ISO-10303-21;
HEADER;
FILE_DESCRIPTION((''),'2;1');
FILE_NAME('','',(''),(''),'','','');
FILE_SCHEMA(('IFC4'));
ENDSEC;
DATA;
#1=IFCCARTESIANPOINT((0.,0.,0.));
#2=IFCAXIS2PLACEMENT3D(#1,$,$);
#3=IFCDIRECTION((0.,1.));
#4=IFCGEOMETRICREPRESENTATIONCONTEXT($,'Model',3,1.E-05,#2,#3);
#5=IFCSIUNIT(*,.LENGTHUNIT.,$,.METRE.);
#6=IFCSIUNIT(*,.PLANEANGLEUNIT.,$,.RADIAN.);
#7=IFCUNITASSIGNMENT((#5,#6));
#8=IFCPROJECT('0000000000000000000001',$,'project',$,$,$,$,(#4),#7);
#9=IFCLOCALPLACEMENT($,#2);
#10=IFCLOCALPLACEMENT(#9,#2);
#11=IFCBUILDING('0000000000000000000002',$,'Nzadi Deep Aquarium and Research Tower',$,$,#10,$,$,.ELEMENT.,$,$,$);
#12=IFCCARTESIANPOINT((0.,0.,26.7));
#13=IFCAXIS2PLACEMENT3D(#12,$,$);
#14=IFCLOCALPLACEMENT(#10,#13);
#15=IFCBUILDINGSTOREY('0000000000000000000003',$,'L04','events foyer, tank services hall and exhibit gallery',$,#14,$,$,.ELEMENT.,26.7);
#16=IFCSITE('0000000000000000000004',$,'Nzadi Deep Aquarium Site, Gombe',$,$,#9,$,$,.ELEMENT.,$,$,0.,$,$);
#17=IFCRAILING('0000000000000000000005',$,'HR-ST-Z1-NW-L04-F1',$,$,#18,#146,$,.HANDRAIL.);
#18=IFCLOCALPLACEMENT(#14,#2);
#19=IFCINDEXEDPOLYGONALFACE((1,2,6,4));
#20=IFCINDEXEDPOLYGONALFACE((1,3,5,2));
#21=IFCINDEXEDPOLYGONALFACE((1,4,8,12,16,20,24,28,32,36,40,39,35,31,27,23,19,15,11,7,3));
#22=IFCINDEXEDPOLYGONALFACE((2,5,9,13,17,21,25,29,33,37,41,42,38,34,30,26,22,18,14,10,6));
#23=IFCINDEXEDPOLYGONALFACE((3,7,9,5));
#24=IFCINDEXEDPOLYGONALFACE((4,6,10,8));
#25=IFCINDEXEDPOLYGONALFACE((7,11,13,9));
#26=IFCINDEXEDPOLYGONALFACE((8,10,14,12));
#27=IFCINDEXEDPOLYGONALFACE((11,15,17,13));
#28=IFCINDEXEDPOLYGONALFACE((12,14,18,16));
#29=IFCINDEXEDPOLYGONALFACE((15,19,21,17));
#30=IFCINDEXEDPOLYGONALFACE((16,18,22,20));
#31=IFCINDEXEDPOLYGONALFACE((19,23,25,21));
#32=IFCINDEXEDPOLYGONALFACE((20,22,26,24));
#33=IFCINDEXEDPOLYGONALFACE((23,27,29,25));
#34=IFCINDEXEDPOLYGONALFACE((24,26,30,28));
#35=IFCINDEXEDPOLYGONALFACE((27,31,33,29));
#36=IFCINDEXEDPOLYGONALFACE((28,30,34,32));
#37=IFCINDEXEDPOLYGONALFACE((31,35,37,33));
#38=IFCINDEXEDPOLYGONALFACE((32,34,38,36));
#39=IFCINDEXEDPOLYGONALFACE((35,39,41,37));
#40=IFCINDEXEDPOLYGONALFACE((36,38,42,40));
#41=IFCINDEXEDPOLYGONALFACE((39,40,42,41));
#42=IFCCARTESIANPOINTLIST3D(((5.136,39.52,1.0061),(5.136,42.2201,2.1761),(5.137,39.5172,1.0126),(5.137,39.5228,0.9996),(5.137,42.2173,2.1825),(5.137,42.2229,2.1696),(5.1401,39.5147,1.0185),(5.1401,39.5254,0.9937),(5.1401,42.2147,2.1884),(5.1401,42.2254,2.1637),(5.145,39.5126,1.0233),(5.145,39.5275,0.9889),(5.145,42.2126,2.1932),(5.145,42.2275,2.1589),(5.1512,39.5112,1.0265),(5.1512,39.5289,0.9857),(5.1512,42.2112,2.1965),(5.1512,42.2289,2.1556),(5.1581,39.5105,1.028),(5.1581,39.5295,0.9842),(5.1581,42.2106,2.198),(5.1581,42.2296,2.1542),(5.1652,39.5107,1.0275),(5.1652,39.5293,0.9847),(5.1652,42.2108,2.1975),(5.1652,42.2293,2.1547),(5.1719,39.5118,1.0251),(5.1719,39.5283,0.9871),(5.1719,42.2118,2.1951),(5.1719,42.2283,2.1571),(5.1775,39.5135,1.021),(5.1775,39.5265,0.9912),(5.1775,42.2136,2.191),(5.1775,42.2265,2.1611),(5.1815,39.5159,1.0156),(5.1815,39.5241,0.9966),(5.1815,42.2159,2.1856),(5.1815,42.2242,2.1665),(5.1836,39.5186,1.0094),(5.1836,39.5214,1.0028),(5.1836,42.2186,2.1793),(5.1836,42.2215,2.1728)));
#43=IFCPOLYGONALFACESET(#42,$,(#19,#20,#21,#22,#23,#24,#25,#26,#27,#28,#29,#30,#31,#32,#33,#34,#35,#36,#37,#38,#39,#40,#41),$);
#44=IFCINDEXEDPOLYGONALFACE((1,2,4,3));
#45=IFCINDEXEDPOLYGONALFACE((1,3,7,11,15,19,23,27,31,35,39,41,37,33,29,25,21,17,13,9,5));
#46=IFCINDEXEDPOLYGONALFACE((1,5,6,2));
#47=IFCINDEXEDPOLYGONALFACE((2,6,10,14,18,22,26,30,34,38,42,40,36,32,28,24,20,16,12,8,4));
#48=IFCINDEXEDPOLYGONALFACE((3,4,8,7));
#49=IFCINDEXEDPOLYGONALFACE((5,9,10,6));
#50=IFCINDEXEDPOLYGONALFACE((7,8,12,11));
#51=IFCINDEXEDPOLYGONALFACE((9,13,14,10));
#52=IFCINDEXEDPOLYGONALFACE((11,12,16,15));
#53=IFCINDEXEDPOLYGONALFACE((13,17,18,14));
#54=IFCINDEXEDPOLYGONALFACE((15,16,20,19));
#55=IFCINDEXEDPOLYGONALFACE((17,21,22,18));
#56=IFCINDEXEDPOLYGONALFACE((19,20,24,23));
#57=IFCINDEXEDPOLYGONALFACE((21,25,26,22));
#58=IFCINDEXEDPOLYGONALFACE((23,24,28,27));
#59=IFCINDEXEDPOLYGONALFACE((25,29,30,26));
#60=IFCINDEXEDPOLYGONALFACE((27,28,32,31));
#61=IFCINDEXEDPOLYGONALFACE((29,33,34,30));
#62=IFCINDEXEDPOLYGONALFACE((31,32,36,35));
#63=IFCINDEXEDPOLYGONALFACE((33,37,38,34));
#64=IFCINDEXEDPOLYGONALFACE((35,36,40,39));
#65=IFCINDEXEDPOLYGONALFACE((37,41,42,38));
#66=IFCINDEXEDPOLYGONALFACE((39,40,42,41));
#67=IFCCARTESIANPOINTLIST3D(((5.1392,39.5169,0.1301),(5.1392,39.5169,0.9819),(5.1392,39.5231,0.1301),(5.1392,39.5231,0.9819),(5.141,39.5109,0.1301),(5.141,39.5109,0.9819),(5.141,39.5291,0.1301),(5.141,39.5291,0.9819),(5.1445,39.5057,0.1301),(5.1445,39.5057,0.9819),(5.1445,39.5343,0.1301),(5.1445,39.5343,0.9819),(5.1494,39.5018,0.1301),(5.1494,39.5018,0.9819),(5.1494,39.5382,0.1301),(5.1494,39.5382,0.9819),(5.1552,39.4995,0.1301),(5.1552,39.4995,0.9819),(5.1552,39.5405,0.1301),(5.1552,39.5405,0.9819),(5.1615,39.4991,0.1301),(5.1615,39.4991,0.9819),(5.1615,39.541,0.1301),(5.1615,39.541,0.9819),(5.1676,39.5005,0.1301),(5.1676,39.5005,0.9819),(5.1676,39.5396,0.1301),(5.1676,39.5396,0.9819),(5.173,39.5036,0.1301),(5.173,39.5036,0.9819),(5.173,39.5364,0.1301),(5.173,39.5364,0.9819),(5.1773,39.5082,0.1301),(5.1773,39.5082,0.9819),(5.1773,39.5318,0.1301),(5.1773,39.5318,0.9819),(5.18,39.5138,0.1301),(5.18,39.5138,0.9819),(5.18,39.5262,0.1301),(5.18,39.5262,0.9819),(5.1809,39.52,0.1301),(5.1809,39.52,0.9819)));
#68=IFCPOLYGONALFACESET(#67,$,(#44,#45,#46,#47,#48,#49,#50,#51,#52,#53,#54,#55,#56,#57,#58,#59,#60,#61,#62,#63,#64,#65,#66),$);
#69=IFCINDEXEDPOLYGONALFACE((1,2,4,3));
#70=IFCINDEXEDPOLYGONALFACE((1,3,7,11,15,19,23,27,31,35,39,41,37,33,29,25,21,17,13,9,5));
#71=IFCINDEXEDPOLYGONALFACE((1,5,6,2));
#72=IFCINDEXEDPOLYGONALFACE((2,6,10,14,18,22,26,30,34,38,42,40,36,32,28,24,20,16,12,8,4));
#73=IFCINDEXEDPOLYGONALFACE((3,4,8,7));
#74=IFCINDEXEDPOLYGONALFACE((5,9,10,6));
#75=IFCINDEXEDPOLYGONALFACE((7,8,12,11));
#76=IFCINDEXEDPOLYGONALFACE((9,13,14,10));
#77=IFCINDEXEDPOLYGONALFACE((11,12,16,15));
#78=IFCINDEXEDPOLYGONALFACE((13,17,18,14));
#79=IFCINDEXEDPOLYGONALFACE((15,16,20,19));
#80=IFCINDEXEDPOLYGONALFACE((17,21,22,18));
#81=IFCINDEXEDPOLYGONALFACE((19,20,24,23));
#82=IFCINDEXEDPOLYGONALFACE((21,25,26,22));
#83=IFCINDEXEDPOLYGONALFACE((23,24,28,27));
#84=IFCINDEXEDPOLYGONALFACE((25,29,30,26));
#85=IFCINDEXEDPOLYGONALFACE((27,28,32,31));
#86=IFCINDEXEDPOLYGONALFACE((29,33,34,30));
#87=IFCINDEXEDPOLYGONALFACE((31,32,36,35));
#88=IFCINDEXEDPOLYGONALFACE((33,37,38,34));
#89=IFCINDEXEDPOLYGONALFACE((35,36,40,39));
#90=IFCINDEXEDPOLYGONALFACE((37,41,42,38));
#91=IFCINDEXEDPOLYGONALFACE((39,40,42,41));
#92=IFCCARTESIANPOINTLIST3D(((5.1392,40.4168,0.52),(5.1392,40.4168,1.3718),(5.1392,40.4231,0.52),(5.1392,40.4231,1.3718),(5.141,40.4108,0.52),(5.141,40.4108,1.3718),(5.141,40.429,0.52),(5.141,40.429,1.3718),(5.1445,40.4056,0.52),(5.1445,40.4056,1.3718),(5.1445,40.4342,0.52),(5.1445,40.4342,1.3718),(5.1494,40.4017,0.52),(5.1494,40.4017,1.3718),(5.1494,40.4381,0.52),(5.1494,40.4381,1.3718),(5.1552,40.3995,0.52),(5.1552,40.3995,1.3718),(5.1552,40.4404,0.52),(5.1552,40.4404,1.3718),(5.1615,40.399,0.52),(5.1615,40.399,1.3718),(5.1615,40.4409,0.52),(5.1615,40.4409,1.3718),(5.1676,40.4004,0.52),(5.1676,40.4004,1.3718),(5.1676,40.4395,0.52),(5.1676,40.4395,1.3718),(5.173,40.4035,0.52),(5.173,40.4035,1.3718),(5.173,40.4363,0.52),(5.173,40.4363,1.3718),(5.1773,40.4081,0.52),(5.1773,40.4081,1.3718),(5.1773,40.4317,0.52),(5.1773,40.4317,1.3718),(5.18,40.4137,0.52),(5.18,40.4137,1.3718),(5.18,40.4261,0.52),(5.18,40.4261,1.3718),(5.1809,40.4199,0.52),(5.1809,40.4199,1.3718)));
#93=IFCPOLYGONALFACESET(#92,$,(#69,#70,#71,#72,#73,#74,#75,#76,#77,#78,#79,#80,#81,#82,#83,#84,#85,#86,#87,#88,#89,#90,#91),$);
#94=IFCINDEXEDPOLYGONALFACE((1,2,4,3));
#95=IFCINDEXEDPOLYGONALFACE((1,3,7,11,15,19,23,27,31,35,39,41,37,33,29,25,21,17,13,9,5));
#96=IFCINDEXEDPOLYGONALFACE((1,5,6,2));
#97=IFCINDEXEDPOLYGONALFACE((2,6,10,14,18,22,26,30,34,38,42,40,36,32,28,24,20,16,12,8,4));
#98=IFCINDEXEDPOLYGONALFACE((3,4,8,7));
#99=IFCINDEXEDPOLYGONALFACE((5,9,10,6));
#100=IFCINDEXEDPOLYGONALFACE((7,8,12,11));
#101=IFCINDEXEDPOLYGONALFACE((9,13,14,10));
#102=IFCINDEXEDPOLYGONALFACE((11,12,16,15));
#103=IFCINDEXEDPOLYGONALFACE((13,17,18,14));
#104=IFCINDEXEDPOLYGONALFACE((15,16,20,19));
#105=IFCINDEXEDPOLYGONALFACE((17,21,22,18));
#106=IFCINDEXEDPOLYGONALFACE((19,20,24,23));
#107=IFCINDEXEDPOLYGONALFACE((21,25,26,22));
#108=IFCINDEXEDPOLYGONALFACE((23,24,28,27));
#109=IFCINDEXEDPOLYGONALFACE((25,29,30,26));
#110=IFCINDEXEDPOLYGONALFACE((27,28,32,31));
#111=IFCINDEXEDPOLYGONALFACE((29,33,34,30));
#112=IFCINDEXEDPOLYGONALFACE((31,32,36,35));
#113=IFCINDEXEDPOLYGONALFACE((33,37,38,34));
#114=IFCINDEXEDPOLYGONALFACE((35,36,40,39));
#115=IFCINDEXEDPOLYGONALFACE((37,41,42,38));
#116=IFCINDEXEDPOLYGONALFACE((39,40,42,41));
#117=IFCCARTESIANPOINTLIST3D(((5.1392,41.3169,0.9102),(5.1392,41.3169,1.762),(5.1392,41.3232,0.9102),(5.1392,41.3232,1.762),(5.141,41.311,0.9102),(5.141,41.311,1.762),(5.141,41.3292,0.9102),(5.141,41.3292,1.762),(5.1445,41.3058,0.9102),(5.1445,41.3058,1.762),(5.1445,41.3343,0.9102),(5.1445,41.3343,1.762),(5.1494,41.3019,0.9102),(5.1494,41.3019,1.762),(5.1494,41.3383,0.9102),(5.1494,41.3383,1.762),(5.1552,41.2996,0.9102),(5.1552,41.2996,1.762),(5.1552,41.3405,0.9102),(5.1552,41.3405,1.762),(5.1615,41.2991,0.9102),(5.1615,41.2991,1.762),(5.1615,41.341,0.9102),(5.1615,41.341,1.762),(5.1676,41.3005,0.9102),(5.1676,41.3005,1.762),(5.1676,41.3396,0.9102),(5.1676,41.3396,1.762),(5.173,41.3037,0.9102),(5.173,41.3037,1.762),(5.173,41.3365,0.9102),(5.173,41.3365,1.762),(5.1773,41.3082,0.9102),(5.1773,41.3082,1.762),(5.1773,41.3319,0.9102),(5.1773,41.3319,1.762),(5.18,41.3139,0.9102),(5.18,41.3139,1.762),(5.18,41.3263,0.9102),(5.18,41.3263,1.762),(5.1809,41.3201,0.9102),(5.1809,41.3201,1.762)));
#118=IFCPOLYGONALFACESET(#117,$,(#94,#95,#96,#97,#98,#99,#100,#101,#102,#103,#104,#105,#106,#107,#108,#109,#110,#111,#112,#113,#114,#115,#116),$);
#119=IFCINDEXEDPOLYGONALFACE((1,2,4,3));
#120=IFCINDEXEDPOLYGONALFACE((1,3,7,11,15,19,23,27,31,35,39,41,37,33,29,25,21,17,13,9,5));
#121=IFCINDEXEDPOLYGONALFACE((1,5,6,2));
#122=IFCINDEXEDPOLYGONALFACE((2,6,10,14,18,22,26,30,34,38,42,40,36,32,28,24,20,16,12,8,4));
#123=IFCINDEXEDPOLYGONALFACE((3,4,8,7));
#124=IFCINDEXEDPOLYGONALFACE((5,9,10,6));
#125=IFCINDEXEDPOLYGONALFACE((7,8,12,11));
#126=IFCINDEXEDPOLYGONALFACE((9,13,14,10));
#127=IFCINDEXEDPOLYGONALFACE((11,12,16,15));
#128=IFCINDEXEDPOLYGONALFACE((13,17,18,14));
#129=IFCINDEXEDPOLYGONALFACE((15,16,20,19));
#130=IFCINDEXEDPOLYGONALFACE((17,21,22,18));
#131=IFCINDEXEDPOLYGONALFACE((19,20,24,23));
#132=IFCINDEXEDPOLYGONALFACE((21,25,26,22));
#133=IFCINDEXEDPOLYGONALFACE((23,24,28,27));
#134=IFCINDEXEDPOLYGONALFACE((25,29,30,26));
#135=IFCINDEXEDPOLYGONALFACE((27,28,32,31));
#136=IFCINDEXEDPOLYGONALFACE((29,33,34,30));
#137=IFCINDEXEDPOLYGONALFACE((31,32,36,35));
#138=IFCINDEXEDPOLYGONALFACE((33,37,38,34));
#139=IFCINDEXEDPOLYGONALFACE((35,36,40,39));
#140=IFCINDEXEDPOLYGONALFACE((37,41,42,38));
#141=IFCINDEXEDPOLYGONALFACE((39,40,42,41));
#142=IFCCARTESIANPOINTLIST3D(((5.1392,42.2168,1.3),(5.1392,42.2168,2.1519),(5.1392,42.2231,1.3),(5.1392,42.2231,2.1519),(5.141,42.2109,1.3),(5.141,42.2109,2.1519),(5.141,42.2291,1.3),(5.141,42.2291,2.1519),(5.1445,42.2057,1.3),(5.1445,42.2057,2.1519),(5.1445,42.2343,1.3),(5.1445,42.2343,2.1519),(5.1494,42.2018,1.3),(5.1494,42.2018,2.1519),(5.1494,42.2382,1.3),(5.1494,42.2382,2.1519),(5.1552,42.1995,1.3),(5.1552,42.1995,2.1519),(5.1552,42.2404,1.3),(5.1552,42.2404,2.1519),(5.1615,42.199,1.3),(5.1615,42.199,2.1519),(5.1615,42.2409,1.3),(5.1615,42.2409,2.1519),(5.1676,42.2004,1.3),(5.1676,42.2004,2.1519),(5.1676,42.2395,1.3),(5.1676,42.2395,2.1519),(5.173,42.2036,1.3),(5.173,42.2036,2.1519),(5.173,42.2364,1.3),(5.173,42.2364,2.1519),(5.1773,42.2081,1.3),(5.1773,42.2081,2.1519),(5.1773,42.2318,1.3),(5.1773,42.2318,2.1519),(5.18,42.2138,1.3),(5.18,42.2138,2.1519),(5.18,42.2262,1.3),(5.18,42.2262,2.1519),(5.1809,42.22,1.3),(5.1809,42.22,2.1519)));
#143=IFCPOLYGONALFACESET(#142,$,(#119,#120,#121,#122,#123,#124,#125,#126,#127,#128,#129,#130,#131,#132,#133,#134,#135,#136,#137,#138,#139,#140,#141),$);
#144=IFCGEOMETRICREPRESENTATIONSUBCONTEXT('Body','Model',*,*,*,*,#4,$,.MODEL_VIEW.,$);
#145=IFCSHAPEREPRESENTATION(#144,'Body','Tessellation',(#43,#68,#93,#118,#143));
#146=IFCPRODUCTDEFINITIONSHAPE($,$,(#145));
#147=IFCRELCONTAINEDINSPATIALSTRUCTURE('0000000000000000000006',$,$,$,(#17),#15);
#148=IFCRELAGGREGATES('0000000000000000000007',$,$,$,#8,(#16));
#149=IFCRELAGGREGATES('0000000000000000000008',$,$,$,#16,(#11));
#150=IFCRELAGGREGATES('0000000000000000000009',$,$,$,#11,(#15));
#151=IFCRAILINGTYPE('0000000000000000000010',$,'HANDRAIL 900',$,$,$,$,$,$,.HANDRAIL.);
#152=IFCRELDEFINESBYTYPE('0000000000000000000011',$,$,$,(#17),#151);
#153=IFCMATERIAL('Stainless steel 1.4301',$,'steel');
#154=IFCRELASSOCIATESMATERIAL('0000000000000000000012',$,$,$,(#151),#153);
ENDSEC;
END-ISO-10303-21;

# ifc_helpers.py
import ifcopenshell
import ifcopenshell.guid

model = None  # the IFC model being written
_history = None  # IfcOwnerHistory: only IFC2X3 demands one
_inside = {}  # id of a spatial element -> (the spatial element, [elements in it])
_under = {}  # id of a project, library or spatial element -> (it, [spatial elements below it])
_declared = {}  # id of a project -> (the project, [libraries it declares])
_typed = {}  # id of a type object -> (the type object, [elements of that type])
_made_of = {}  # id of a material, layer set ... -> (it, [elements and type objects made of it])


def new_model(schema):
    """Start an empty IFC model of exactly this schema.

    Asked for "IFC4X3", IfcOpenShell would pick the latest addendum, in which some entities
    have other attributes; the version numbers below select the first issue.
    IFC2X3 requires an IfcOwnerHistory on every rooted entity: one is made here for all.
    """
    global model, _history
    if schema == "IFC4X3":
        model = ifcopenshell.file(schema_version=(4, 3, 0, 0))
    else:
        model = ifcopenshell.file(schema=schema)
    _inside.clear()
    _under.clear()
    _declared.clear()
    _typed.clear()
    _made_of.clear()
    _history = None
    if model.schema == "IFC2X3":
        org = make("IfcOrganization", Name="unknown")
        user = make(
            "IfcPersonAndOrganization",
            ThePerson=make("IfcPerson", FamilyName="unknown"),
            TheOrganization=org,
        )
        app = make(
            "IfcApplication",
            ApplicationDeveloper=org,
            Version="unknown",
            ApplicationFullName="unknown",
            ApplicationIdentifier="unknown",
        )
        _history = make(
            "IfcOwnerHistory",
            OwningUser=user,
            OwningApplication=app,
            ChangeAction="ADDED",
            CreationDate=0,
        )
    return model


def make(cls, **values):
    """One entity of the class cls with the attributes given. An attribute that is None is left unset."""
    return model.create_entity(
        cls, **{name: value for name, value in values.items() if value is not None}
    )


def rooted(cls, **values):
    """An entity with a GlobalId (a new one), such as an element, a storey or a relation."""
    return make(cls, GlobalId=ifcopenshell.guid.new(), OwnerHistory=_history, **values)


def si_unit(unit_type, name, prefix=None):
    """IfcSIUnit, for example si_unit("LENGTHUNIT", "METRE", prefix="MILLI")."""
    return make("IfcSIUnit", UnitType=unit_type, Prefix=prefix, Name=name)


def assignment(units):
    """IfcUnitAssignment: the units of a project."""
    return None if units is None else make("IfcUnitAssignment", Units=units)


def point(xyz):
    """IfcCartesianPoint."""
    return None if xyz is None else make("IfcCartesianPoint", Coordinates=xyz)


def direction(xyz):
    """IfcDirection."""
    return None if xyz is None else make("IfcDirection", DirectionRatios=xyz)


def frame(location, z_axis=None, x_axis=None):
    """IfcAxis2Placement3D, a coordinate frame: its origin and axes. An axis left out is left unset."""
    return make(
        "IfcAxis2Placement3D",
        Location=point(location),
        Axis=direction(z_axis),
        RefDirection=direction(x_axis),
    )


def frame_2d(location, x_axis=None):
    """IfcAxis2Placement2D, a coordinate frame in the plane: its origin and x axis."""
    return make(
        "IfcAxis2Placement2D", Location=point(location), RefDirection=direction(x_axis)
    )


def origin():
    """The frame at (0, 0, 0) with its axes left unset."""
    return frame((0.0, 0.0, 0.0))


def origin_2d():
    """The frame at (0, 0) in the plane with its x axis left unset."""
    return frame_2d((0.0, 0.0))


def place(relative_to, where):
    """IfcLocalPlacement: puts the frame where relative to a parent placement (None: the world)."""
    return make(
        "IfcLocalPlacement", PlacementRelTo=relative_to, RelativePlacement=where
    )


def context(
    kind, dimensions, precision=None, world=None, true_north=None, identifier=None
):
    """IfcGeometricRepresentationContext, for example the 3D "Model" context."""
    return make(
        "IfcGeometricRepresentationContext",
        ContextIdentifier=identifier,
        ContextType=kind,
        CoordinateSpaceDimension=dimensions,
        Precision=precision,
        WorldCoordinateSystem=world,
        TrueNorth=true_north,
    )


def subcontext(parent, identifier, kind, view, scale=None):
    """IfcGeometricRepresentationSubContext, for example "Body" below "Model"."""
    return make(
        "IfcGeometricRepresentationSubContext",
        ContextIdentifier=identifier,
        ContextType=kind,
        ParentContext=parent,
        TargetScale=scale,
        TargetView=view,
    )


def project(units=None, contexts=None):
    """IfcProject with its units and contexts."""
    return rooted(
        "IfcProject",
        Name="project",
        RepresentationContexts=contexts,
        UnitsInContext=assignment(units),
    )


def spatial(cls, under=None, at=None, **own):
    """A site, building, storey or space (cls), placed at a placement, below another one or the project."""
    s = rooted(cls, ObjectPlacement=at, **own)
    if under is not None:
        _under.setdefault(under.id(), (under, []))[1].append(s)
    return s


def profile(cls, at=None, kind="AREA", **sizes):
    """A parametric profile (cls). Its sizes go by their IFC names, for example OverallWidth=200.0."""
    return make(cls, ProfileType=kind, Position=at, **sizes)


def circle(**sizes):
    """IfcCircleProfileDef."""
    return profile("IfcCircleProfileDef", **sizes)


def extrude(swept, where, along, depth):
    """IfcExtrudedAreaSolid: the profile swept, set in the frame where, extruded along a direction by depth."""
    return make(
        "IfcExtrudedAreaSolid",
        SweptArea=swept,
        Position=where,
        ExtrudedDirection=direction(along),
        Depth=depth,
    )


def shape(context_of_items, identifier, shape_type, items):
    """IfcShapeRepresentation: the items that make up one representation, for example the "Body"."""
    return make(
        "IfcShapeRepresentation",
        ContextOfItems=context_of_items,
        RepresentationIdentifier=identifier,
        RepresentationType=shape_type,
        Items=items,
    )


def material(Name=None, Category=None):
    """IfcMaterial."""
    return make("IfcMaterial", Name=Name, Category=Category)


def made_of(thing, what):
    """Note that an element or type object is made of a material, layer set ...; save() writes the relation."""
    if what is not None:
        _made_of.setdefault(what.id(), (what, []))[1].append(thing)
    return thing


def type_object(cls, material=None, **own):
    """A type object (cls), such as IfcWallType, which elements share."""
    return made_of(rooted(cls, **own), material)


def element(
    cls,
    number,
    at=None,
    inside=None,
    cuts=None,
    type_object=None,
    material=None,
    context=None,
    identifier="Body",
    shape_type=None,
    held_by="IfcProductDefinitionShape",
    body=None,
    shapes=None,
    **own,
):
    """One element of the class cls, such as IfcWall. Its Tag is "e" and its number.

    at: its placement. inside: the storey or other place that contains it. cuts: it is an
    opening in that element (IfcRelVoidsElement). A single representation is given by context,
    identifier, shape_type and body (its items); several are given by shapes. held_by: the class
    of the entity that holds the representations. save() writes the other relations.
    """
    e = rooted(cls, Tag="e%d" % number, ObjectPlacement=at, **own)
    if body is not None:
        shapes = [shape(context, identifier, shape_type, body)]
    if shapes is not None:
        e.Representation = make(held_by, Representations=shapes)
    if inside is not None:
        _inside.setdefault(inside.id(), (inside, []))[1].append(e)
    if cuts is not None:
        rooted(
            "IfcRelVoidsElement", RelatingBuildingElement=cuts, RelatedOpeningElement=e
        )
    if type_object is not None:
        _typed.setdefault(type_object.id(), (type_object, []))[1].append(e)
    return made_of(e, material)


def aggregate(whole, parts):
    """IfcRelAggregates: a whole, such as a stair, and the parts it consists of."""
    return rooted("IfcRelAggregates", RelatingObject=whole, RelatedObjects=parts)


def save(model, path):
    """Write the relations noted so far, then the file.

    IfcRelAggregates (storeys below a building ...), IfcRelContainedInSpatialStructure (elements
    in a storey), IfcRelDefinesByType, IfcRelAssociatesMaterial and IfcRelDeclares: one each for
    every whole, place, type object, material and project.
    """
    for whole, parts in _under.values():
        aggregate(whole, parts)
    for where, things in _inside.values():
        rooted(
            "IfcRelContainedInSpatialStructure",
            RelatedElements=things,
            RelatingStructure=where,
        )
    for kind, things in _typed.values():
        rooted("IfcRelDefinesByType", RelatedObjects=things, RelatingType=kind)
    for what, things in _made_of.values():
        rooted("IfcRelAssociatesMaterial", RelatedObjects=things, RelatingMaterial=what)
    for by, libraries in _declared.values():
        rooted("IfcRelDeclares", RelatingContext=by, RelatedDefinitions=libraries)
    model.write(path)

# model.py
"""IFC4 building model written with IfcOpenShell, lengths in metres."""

from ifc_helpers import new_model, si_unit, direction, frame, origin, origin_2d, place, context, subcontext, project, spatial, circle, extrude, material, type_object, element, save


model = new_model("IFC4")

# Units and contexts
model_context = context("Model", 3, precision=1e-05, world=origin(), true_north=direction((0.0, 1.0)))
body_context = subcontext(model_context, "Body", "Model", "MODEL_VIEW")
ifc_project = project(units=[si_unit("LENGTHUNIT", "METRE"), si_unit("PLANEANGLEUNIT", "RADIAN")], contexts=[model_context])

# Site, building, storey
site_placement = place(None, origin())
site = spatial("IfcSite", under=ifc_project, at=site_placement, Name="Nzadi Deep Aquarium Site, Gombe", CompositionType="ELEMENT", RefElevation=0.0)
building_placement = place(site_placement, origin())
building = spatial("IfcBuilding", under=site, at=building_placement, Name="Nzadi Deep Aquarium and Research Tower", CompositionType="ELEMENT")
storey_placement = place(building_placement, frame((0.0, 0.0, 26.7)))
storey = spatial("IfcBuildingStorey", under=building, at=storey_placement, Name="L04", Description="events foyer, tank services hall and exhibit gallery", CompositionType="ELEMENT", Elevation=26.7)

# Railing
ifc_material_1 = material(Name="Stainless steel 1.4301", Category="steel")
railing_type = type_object("IfcRailingType", Name="HANDRAIL 900", PredefinedType="HANDRAIL", material=ifc_material_1)
for number, where, name in (
    (1, (5.1599, 39.52, 0.1301), "HR-ST-Z1-NW-L04-F1"),
):
    element("IfcRailing", number, at=place(storey_placement, frame(where)), inside=storey, type_object=railing_type, Name=name, PredefinedType="HANDRAIL", context=body_context, shape_type="SweptSolid", body=[
        extrude(circle(Radius=0.0239, at=origin_2d()), frame((0.0, 0.0, 0.876), z_axis=(0.0, 0.917563, 0.397591), x_axis=(-1.0, 0.0, 0.0)), (0.0, 0.0, 1.0), 2.9426),
        extrude(circle(Radius=0.021, at=origin_2d()), origin(), (0.0, 0.0, 1.0), 0.8518),
        extrude(circle(Radius=0.021, at=origin_2d()), frame((0.0, 0.8999, 0.3899)), (0.0, 0.0, 1.0), 0.8518),
        extrude(circle(Radius=0.021, at=origin_2d()), frame((0.0, 1.8, 0.78)), (0.0, 0.0, 1.0), 0.8518),
        extrude(circle(Radius=0.021, at=origin_2d()), frame((0.0, 2.7, 1.1699)), (0.0, 0.0, 1.0), 0.8518),
    ])

save(model, "model.ifc")
